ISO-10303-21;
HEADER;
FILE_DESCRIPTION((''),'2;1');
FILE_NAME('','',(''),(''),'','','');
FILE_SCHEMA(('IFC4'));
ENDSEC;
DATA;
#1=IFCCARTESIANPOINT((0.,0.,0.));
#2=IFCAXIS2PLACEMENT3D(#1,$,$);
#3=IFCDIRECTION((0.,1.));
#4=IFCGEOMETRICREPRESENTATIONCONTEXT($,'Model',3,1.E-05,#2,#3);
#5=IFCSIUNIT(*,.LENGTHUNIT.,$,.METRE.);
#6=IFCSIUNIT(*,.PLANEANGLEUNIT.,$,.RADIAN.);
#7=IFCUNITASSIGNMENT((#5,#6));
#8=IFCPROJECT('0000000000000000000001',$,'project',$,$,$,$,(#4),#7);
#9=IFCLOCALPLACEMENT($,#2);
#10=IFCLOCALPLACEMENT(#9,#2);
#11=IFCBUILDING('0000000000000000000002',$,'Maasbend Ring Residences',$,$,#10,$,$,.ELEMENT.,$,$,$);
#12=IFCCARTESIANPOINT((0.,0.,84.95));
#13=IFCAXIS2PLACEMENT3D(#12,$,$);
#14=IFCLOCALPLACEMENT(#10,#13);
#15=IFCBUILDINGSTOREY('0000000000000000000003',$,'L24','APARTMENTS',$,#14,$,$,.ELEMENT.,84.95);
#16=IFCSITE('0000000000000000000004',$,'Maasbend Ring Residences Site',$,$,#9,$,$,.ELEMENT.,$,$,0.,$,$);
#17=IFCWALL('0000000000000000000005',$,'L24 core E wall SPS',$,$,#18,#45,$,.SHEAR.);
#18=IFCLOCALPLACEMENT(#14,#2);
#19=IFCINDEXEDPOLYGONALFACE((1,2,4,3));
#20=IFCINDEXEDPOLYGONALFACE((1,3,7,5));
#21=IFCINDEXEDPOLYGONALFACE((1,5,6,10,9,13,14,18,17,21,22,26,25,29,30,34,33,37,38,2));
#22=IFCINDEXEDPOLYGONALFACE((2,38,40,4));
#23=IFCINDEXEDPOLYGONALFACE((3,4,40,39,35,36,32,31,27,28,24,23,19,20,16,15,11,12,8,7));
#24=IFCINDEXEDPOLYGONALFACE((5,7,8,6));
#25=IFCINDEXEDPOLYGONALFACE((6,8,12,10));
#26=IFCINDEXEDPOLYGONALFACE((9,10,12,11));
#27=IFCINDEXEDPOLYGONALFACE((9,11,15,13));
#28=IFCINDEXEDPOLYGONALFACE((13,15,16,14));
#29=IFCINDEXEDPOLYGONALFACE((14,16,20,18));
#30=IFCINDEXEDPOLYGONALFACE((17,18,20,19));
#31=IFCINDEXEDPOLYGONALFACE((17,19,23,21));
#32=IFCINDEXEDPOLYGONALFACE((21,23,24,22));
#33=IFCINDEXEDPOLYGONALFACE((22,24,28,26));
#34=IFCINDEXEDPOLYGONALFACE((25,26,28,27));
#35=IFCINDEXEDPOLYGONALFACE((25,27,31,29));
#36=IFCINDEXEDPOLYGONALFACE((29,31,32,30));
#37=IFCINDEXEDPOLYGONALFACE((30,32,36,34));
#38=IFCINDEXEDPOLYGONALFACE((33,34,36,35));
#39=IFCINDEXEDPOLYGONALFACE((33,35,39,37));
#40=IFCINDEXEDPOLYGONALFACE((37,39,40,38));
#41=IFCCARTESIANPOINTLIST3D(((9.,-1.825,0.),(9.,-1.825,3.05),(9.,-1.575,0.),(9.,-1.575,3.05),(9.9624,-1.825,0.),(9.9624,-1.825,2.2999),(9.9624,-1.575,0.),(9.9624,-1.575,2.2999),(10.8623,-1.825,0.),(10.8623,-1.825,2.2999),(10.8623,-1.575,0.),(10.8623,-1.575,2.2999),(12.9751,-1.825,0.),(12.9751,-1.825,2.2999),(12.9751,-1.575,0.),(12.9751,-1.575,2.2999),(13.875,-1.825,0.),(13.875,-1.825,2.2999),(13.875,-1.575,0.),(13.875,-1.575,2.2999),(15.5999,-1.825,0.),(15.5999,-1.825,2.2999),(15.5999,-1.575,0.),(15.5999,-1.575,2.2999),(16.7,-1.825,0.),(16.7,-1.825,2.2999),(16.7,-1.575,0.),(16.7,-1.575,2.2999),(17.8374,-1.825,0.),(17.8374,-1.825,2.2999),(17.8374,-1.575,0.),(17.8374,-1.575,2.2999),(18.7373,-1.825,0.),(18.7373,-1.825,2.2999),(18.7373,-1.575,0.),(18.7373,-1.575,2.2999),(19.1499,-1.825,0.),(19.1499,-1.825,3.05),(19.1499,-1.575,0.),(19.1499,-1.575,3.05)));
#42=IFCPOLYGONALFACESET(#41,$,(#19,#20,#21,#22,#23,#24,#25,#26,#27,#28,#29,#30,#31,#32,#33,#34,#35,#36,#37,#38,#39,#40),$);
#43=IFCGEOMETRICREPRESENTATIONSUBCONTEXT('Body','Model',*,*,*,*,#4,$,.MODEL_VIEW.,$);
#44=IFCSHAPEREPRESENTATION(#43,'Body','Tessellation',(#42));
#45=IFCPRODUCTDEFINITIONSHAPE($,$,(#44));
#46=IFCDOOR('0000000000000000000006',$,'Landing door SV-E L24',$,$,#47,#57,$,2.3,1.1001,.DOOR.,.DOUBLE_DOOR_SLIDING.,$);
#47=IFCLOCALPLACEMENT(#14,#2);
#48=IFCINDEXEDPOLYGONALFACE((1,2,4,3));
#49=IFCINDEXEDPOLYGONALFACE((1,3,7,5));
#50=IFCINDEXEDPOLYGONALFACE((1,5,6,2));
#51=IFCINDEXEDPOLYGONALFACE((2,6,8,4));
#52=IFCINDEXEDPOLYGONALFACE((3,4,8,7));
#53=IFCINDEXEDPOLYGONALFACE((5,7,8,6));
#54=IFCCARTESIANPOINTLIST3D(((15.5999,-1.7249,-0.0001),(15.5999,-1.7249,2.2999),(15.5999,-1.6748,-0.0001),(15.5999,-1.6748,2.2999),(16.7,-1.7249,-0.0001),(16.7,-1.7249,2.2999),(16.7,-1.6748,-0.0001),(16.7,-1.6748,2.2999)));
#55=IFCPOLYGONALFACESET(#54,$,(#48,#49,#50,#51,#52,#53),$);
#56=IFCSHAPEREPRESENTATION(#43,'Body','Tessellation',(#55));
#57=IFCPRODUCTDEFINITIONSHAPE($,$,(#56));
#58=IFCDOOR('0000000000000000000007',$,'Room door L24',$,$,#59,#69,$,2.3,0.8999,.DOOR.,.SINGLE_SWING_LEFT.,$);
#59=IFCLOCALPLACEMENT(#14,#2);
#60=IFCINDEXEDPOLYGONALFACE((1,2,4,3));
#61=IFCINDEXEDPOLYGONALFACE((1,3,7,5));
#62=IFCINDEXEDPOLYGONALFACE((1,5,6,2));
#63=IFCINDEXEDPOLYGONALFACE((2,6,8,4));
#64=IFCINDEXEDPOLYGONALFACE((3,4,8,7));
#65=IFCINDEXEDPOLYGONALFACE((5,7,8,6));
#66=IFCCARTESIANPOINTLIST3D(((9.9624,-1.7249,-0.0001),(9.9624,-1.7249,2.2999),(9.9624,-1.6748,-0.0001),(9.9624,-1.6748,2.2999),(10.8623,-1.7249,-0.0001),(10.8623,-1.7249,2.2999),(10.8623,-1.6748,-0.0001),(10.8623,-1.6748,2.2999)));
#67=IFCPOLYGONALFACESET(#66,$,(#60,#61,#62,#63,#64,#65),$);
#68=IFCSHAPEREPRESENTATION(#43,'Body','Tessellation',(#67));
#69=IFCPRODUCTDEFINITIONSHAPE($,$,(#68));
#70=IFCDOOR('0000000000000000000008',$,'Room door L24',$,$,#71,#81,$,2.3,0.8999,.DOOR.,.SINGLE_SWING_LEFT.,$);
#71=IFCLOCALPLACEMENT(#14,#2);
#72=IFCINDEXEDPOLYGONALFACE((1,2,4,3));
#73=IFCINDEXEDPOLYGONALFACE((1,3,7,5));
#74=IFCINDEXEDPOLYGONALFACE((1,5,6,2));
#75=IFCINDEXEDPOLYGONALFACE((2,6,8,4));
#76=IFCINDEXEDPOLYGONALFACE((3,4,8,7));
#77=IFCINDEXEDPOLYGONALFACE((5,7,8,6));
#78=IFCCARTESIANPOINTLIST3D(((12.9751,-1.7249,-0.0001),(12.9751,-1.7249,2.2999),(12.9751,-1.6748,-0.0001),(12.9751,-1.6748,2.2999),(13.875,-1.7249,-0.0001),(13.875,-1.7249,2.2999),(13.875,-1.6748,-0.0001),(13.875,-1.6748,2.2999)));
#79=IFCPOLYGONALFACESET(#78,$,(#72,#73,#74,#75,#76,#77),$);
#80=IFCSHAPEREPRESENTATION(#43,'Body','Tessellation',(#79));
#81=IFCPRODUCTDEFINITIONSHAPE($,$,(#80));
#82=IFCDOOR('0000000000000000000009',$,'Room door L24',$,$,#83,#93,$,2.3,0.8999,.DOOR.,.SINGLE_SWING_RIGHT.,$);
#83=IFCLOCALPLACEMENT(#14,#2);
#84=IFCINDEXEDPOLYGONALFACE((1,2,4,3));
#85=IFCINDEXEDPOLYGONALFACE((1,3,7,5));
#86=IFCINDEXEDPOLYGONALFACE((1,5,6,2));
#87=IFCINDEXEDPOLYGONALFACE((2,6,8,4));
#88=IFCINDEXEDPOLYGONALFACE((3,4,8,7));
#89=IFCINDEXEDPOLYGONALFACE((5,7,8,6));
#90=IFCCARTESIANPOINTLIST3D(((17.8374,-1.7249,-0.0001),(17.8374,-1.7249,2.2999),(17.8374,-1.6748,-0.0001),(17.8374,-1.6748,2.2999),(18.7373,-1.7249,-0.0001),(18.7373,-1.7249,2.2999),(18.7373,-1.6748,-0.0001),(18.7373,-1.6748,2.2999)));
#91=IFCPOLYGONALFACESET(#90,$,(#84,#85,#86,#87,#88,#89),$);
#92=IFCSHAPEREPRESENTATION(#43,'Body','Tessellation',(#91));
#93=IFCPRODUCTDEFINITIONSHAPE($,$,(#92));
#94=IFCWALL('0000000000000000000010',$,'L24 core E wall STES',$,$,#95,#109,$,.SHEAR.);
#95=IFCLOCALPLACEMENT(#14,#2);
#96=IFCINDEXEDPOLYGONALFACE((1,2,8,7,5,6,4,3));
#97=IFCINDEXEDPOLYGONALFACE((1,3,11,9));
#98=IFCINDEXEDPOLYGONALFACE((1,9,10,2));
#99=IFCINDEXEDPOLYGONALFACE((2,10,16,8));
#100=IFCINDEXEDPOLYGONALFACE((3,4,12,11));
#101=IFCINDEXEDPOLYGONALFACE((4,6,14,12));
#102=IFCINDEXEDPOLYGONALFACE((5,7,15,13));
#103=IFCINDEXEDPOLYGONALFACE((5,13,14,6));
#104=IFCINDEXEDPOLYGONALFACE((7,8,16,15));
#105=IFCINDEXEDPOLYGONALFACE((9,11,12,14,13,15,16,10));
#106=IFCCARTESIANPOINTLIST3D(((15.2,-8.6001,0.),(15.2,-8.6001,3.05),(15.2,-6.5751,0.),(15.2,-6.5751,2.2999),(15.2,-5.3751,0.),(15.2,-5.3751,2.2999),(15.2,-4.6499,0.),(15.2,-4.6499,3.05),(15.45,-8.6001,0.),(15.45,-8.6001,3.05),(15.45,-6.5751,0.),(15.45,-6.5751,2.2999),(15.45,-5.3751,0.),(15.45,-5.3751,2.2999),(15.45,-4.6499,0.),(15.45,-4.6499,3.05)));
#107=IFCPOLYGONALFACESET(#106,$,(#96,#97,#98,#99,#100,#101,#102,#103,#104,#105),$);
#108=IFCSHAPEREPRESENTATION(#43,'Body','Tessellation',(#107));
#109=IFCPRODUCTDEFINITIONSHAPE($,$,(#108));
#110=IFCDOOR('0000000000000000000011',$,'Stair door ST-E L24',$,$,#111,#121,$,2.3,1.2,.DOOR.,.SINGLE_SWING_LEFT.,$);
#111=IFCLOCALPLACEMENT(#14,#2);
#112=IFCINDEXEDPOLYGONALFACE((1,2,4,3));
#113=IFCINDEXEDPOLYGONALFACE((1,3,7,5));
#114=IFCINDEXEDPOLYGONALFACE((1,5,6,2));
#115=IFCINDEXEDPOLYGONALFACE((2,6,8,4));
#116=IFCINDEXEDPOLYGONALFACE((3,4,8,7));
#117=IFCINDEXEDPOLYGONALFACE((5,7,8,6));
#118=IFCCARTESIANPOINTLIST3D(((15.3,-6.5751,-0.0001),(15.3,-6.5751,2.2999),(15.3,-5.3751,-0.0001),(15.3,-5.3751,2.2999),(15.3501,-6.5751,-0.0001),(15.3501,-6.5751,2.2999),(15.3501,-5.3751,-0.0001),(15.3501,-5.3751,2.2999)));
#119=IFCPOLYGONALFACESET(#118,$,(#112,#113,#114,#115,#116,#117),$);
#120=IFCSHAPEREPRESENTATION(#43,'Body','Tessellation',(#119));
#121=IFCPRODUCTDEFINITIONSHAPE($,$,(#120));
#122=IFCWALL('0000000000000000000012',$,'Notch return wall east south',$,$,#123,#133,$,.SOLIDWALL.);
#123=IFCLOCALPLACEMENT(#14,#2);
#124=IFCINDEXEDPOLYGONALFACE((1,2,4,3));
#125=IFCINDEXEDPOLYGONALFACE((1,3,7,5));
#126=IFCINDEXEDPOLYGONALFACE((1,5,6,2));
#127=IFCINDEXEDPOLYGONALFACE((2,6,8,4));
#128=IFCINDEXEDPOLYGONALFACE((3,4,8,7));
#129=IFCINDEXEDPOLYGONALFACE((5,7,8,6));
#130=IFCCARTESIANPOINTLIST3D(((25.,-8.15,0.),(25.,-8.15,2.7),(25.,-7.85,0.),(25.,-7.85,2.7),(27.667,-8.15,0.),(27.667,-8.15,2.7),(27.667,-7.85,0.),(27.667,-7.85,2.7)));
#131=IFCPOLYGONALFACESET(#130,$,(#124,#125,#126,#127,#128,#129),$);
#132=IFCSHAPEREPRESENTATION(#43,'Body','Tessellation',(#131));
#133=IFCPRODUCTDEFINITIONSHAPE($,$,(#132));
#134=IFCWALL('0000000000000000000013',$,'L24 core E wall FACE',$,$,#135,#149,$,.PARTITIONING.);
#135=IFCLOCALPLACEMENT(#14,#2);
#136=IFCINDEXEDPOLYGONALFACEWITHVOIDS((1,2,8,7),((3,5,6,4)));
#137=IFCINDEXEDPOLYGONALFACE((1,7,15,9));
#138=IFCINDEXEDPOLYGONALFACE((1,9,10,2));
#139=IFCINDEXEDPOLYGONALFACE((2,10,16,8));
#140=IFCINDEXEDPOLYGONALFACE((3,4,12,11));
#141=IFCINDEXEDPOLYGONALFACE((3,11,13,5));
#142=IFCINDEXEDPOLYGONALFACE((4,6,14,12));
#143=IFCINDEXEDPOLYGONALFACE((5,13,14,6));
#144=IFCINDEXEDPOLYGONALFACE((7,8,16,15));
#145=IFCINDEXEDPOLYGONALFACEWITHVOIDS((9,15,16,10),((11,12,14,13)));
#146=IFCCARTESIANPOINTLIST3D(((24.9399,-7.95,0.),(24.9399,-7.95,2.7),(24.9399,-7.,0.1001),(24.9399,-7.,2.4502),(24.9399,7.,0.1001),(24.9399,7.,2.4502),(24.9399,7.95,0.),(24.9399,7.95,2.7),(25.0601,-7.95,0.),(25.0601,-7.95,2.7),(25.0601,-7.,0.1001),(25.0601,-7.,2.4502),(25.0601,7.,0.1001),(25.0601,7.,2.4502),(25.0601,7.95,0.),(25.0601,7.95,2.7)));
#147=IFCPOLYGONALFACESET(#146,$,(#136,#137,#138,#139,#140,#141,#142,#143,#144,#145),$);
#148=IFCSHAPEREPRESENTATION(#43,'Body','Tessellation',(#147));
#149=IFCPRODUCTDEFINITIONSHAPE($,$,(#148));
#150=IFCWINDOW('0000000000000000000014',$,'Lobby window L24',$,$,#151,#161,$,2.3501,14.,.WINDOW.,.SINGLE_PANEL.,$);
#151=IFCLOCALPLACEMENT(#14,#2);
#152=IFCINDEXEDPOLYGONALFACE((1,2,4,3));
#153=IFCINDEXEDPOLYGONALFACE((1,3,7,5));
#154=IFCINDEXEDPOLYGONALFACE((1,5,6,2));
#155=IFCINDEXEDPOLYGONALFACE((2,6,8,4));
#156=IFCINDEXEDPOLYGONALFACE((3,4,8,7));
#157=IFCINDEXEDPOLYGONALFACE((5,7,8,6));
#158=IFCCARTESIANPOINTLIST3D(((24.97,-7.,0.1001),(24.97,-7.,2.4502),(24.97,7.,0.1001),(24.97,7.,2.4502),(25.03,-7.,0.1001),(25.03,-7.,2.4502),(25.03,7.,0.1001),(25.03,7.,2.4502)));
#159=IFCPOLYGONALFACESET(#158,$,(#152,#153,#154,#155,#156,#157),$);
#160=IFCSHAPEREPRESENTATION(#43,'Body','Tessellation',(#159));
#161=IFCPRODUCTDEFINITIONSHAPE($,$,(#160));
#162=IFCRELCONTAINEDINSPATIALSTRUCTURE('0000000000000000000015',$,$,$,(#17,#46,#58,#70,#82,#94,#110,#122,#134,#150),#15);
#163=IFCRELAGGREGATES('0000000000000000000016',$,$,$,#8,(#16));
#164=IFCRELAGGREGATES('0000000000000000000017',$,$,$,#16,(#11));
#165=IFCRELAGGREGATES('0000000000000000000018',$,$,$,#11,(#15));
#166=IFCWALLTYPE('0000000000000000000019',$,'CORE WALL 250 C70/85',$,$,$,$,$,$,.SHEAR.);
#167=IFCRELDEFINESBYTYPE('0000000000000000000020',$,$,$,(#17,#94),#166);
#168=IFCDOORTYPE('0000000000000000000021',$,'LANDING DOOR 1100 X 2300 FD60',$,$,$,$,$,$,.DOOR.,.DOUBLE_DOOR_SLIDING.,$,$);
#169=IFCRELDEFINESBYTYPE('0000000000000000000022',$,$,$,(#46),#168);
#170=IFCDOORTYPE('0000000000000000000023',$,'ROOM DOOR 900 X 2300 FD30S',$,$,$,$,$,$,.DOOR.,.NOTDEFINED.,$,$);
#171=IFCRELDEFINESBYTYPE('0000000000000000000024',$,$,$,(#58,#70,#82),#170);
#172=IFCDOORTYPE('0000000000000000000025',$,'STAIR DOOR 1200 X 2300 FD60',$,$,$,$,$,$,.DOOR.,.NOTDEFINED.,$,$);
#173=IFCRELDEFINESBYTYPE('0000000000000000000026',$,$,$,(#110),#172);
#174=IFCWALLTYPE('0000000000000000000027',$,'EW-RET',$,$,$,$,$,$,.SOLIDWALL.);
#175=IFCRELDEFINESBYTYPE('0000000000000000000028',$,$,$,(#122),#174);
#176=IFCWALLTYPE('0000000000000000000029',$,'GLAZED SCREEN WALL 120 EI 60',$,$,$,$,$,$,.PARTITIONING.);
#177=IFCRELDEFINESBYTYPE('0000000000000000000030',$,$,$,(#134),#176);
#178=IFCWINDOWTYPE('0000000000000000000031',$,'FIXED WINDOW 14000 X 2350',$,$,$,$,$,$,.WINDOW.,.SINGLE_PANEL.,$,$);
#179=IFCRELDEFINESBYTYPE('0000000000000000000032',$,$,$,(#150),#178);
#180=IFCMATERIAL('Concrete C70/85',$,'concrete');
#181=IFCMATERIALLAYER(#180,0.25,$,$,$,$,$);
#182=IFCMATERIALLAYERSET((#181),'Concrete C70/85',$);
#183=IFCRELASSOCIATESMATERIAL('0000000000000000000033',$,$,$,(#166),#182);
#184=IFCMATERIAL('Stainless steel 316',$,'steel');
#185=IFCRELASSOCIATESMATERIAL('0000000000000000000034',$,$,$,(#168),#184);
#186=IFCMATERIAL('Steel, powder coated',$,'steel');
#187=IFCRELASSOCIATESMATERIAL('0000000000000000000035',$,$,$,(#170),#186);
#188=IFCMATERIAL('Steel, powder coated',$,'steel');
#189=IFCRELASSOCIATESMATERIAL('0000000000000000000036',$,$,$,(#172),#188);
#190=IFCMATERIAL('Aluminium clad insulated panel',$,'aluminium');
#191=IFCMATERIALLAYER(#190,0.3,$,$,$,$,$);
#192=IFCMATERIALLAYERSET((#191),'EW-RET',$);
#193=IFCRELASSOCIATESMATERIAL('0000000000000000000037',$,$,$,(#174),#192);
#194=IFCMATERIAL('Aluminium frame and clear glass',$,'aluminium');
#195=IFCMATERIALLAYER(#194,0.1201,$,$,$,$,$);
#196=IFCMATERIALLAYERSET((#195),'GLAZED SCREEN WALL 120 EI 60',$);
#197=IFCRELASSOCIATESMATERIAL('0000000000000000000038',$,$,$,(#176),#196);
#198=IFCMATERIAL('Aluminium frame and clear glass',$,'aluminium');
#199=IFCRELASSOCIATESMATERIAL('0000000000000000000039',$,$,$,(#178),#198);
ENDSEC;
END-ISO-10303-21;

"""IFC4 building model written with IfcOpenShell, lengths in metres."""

from ifc_helpers import new_model, si_unit, direction, frame, frame_2d, origin, place, context, subcontext, project, spatial, rectangle, extrude, material, layer, layer_set, type_object, element, fill, save


model = new_model("IFC4")

# Units and contexts
model_context = context("Model", 3, precision=1e-05, world=origin(), true_north=direction((0.0, 1.0)))
body_context = subcontext(model_context, "Body", "Model", "MODEL_VIEW")
ifc_project = project(units=[si_unit("LENGTHUNIT", "METRE"), si_unit("PLANEANGLEUNIT", "RADIAN")], contexts=[model_context])

# Site, building, storey
site_placement = place(None, origin())
site = spatial("IfcSite", under=ifc_project, at=site_placement, Name="Maasbend Ring Residences Site", CompositionType="ELEMENT", RefElevation=0.0)
building_placement = place(site_placement, origin())
building = spatial("IfcBuilding", under=site, at=building_placement, Name="Maasbend Ring Residences", CompositionType="ELEMENT")
storey_placement = place(building_placement, frame((0.0, 0.0, 84.95)))
storey = spatial("IfcBuildingStorey", under=building, at=storey_placement, Name="L24", Description="APARTMENTS", CompositionType="ELEMENT", Elevation=84.95)

# Wall, openings, doors
ifc_material_1 = material(Name="Concrete C70/85", Category="concrete")
ifc_layer_1 = layer(ifc_material_1, 0.25)
ifc_layer_set_1 = layer_set([ifc_layer_1], Name="Concrete C70/85")
wall_type_1 = type_object("IfcWallType", Name="CORE WALL 250 C70/85", PredefinedType="SHEAR", material=ifc_layer_set_1)
wall_1_placement = place(storey_placement, frame((19.1499, -1.7, 0.0), z_axis=(0.0, 0.0, 1.0), x_axis=(-1.0, 0.0, 0.0)))
wall_1 = element("IfcWall", 1, at=wall_1_placement, inside=storey, type_object=wall_type_1, Name="L24 core E wall SPS", PredefinedType="SHEAR", context=body_context, shape_type="SweptSolid", body=[
    extrude(rectangle(XDim=10.1499, YDim=0.25, at=frame_2d((5.075, 0.0))), origin(), (0.0, 0.0, 1.0), 3.05),
])
opening_1_placement = place(wall_1_placement, frame((2.45, 0.0, 0.0)))
opening_1 = element("IfcOpeningElement", 2, at=opening_1_placement, cuts=wall_1, PredefinedType="OPENING", context=body_context, shape_type="SweptSolid", body=[
    extrude(rectangle(XDim=1.1001, YDim=2.3, at=frame_2d((0.55, 1.1499))), frame((0.0, 0.135, 0.0), z_axis=(0.0, -1.0, 0.0), x_axis=(1.0, 0.0, 0.0)), (0.0, 0.0, 1.0), 0.27),
])
opening_2_placement = place(wall_1_placement, frame((8.2876, 0.0, 0.0)))
opening_2 = element("IfcOpeningElement", 3, at=opening_2_placement, cuts=wall_1, PredefinedType="OPENING", context=body_context, shape_type="SweptSolid", body=[
    extrude(rectangle(XDim=0.8999, YDim=2.3, at=frame_2d((0.45, 1.1499))), frame((0.0, 0.135, 0.0), z_axis=(0.0, -1.0, 0.0), x_axis=(1.0, 0.0, 0.0)), (0.0, 0.0, 1.0), 0.27),
])
opening_3_placement = place(wall_1_placement, frame((5.2749, 0.0, 0.0)))
opening_3 = element("IfcOpeningElement", 4, at=opening_3_placement, cuts=wall_1, PredefinedType="OPENING", context=body_context, shape_type="SweptSolid", body=[
    extrude(rectangle(XDim=0.8999, YDim=2.3, at=frame_2d((0.45, 1.1499))), frame((0.0, 0.135, 0.0), z_axis=(0.0, -1.0, 0.0), x_axis=(1.0, 0.0, 0.0)), (0.0, 0.0, 1.0), 0.27),
])
opening_4_placement = place(wall_1_placement, frame((0.4126, 0.0, 0.0)))
opening_4 = element("IfcOpeningElement", 5, at=opening_4_placement, cuts=wall_1, PredefinedType="OPENING", context=body_context, shape_type="SweptSolid", body=[
    extrude(rectangle(XDim=0.8999, YDim=2.3, at=frame_2d((0.45, 1.1499))), frame((0.0, 0.135, 0.0), z_axis=(0.0, -1.0, 0.0), x_axis=(1.0, 0.0, 0.0)), (0.0, 0.0, 1.0), 0.27),
])
ifc_material_2 = material(Name="Stainless steel 316", Category="steel")
door_type_1 = type_object("IfcDoorType", Name="LANDING DOOR 1100 X 2300 FD60", OperationType="DOUBLE_DOOR_SLIDING", PredefinedType="DOOR", material=ifc_material_2)
door_1_placement = place(opening_1_placement, origin())
door_1 = element("IfcDoor", 6, at=door_1_placement, inside=storey, type_object=door_type_1, Name="Landing door SV-E L24", OperationType="DOUBLE_DOOR_SLIDING", OverallHeight=2.3, OverallWidth=1.1001, PredefinedType="DOOR", context=body_context, shape_type="SweptSolid", body=[
    extrude(rectangle(XDim=1.1001, YDim=2.3, at=frame_2d((0.55, 1.1499))), frame((0.0, 0.0249, 0.0), z_axis=(0.0, -1.0, 0.0), x_axis=(1.0, 0.0, 0.0)), (0.0, 0.0, 1.0), 0.05),
])
fill(opening_1, door_1)
ifc_material_3 = material(Name="Steel, powder coated", Category="steel")
door_type_2 = type_object("IfcDoorType", Name="ROOM DOOR 900 X 2300 FD30S", OperationType="NOTDEFINED", PredefinedType="DOOR", material=ifc_material_3)
door_2_placement = place(opening_2_placement, origin())
door_2 = element("IfcDoor", 7, at=door_2_placement, inside=storey, type_object=door_type_2, Name="Room door L24", OperationType="SINGLE_SWING_LEFT", OverallHeight=2.3, OverallWidth=0.8999, PredefinedType="DOOR", context=body_context, shape_type="SweptSolid", body=[
    extrude(rectangle(XDim=0.8999, YDim=2.3, at=frame_2d((0.45, 1.1499))), frame((0.0, 0.0249, 0.0), z_axis=(0.0, -1.0, 0.0), x_axis=(1.0, 0.0, 0.0)), (0.0, 0.0, 1.0), 0.05),
])
fill(opening_2, door_2)
door_3_placement = place(opening_3_placement, origin())
door_3 = element("IfcDoor", 8, at=door_3_placement, inside=storey, type_object=door_type_2, Name="Room door L24", OperationType="SINGLE_SWING_LEFT", OverallHeight=2.3, OverallWidth=0.8999, PredefinedType="DOOR", context=body_context, shape_type="SweptSolid", body=[
    extrude(rectangle(XDim=0.8999, YDim=2.3, at=frame_2d((0.45, 1.1499))), frame((0.0, 0.0249, 0.0), z_axis=(0.0, -1.0, 0.0), x_axis=(1.0, 0.0, 0.0)), (0.0, 0.0, 1.0), 0.05),
])
fill(opening_3, door_3)
door_4_placement = place(opening_4_placement, origin())
door_4 = element("IfcDoor", 9, at=door_4_placement, inside=storey, type_object=door_type_2, Name="Room door L24", OperationType="SINGLE_SWING_RIGHT", OverallHeight=2.3, OverallWidth=0.8999, PredefinedType="DOOR", context=body_context, shape_type="SweptSolid", body=[
    extrude(rectangle(XDim=0.8999, YDim=2.3, at=frame_2d((0.45, 1.1499))), frame((0.0, 0.0249, 0.0), z_axis=(0.0, -1.0, 0.0), x_axis=(1.0, 0.0, 0.0)), (0.0, 0.0, 1.0), 0.05),
])
fill(opening_4, door_4)

# Wall, opening, door
wall_2_placement = place(storey_placement, frame((15.325, -8.6001, 0.0), z_axis=(0.0, 0.0, 1.0), x_axis=(0.0, 1.0, 0.0)))
wall_2 = element("IfcWall", 10, at=wall_2_placement, inside=storey, type_object=wall_type_1, Name="L24 core E wall STES", PredefinedType="SHEAR", context=body_context, shape_type="SweptSolid", body=[
    extrude(rectangle(XDim=3.9502, YDim=0.25, at=frame_2d((1.9751, 0.0))), origin(), (0.0, 0.0, 1.0), 3.05),
])
opening_5_placement = place(wall_2_placement, frame((2.0249, 0.0, 0.0)))
opening_5 = element("IfcOpeningElement", 11, at=opening_5_placement, cuts=wall_2, PredefinedType="OPENING", context=body_context, shape_type="SweptSolid", body=[
    extrude(rectangle(XDim=1.2, YDim=2.3, at=frame_2d((0.6001, 1.1499))), frame((0.0, 0.135, 0.0), z_axis=(0.0, -1.0, 0.0), x_axis=(1.0, 0.0, 0.0)), (0.0, 0.0, 1.0), 0.27),
])
ifc_material_4 = material(Name="Steel, powder coated", Category="steel")
door_type_3 = type_object("IfcDoorType", Name="STAIR DOOR 1200 X 2300 FD60", OperationType="NOTDEFINED", PredefinedType="DOOR", material=ifc_material_4)
door_5_placement = place(opening_5_placement, origin())
door_5 = element("IfcDoor", 12, at=door_5_placement, inside=storey, type_object=door_type_3, Name="Stair door ST-E L24", OperationType="SINGLE_SWING_LEFT", OverallHeight=2.3, OverallWidth=1.2, PredefinedType="DOOR", context=body_context, shape_type="SweptSolid", body=[
    extrude(rectangle(XDim=1.2, YDim=2.3, at=frame_2d((0.6001, 1.1499))), frame((0.0, 0.0249, 0.0), z_axis=(0.0, -1.0, 0.0), x_axis=(1.0, 0.0, 0.0)), (0.0, 0.0, 1.0), 0.05),
])
fill(opening_5, door_5)

# Wall
ifc_material_5 = material(Name="Aluminium clad insulated panel", Category="aluminium")
ifc_layer_2 = layer(ifc_material_5, 0.3)
ifc_layer_set_2 = layer_set([ifc_layer_2], Name="EW-RET")
wall_type_2 = type_object("IfcWallType", Name="EW-RET", PredefinedType="SOLIDWALL", material=ifc_layer_set_2)
wall_3_placement = place(storey_placement, frame((25.0, -8.0, 0.0), z_axis=(0.0, 0.0, 1.0), x_axis=(1.0, 0.0, 0.0)))
element("IfcWall", 13, at=wall_3_placement, inside=storey, type_object=wall_type_2, Name="Notch return wall east south", PredefinedType="SOLIDWALL", context=body_context, shape_type="SweptSolid", body=[
    extrude(rectangle(XDim=2.667, YDim=0.3, at=frame_2d((1.3335, 0.0))), origin(), (0.0, 0.0, 1.0), 2.7),
])

# Wall, opening, window
ifc_material_6 = material(Name="Aluminium frame and clear glass", Category="aluminium")
ifc_layer_3 = layer(ifc_material_6, 0.1201)
ifc_layer_set_3 = layer_set([ifc_layer_3], Name="GLAZED SCREEN WALL 120 EI 60")
wall_type_3 = type_object("IfcWallType", Name="GLAZED SCREEN WALL 120 EI 60", PredefinedType="PARTITIONING", material=ifc_layer_set_3)
wall_4_placement = place(storey_placement, frame((25.0, -7.95, 0.0), z_axis=(0.0, 0.0, 1.0), x_axis=(0.0, 1.0, 0.0)))
wall_4 = element("IfcWall", 14, at=wall_4_placement, inside=storey, type_object=wall_type_3, Name="L24 core E wall FACE", PredefinedType="PARTITIONING", context=body_context, shape_type="SweptSolid", body=[
    extrude(rectangle(XDim=15.8999, YDim=0.1201, at=frame_2d((7.95, 0.0))), origin(), (0.0, 0.0, 1.0), 2.7),
])
opening_6_placement = place(wall_4_placement, frame((0.95, 0.0, 0.1001)))
opening_6 = element("IfcOpeningElement", 15, at=opening_6_placement, cuts=wall_4, PredefinedType="OPENING", context=body_context, shape_type="SweptSolid", body=[
    extrude(rectangle(XDim=14.0, YDim=2.3501, at=frame_2d((7.0, 1.175))), frame((0.0, 0.0701, 0.0), z_axis=(0.0, -1.0, 0.0), x_axis=(1.0, 0.0, 0.0)), (0.0, 0.0, 1.0), 0.1401),
])
ifc_material_7 = material(Name="Aluminium frame and clear glass", Category="aluminium")
window_type = type_object("IfcWindowType", Name="FIXED WINDOW 14000 X 2350", PartitioningType="SINGLE_PANEL", PredefinedType="WINDOW", material=ifc_material_7)
window_placement = place(opening_6_placement, origin())
window = element("IfcWindow", 16, at=window_placement, inside=storey, type_object=window_type, Name="Lobby window L24", OverallHeight=2.3501, OverallWidth=14.0, PartitioningType="SINGLE_PANEL", PredefinedType="WINDOW", context=body_context, shape_type="SweptSolid", body=[
    extrude(rectangle(XDim=14.0, YDim=2.3501, at=frame_2d((7.0, 1.175))), frame((0.0, 0.03, 0.0), z_axis=(0.0, -1.0, 0.0), x_axis=(1.0, 0.0, 0.0)), (0.0, 0.0, 1.0), 0.0601),
])
fill(opening_6, window)

save(model, "model.ifc")
